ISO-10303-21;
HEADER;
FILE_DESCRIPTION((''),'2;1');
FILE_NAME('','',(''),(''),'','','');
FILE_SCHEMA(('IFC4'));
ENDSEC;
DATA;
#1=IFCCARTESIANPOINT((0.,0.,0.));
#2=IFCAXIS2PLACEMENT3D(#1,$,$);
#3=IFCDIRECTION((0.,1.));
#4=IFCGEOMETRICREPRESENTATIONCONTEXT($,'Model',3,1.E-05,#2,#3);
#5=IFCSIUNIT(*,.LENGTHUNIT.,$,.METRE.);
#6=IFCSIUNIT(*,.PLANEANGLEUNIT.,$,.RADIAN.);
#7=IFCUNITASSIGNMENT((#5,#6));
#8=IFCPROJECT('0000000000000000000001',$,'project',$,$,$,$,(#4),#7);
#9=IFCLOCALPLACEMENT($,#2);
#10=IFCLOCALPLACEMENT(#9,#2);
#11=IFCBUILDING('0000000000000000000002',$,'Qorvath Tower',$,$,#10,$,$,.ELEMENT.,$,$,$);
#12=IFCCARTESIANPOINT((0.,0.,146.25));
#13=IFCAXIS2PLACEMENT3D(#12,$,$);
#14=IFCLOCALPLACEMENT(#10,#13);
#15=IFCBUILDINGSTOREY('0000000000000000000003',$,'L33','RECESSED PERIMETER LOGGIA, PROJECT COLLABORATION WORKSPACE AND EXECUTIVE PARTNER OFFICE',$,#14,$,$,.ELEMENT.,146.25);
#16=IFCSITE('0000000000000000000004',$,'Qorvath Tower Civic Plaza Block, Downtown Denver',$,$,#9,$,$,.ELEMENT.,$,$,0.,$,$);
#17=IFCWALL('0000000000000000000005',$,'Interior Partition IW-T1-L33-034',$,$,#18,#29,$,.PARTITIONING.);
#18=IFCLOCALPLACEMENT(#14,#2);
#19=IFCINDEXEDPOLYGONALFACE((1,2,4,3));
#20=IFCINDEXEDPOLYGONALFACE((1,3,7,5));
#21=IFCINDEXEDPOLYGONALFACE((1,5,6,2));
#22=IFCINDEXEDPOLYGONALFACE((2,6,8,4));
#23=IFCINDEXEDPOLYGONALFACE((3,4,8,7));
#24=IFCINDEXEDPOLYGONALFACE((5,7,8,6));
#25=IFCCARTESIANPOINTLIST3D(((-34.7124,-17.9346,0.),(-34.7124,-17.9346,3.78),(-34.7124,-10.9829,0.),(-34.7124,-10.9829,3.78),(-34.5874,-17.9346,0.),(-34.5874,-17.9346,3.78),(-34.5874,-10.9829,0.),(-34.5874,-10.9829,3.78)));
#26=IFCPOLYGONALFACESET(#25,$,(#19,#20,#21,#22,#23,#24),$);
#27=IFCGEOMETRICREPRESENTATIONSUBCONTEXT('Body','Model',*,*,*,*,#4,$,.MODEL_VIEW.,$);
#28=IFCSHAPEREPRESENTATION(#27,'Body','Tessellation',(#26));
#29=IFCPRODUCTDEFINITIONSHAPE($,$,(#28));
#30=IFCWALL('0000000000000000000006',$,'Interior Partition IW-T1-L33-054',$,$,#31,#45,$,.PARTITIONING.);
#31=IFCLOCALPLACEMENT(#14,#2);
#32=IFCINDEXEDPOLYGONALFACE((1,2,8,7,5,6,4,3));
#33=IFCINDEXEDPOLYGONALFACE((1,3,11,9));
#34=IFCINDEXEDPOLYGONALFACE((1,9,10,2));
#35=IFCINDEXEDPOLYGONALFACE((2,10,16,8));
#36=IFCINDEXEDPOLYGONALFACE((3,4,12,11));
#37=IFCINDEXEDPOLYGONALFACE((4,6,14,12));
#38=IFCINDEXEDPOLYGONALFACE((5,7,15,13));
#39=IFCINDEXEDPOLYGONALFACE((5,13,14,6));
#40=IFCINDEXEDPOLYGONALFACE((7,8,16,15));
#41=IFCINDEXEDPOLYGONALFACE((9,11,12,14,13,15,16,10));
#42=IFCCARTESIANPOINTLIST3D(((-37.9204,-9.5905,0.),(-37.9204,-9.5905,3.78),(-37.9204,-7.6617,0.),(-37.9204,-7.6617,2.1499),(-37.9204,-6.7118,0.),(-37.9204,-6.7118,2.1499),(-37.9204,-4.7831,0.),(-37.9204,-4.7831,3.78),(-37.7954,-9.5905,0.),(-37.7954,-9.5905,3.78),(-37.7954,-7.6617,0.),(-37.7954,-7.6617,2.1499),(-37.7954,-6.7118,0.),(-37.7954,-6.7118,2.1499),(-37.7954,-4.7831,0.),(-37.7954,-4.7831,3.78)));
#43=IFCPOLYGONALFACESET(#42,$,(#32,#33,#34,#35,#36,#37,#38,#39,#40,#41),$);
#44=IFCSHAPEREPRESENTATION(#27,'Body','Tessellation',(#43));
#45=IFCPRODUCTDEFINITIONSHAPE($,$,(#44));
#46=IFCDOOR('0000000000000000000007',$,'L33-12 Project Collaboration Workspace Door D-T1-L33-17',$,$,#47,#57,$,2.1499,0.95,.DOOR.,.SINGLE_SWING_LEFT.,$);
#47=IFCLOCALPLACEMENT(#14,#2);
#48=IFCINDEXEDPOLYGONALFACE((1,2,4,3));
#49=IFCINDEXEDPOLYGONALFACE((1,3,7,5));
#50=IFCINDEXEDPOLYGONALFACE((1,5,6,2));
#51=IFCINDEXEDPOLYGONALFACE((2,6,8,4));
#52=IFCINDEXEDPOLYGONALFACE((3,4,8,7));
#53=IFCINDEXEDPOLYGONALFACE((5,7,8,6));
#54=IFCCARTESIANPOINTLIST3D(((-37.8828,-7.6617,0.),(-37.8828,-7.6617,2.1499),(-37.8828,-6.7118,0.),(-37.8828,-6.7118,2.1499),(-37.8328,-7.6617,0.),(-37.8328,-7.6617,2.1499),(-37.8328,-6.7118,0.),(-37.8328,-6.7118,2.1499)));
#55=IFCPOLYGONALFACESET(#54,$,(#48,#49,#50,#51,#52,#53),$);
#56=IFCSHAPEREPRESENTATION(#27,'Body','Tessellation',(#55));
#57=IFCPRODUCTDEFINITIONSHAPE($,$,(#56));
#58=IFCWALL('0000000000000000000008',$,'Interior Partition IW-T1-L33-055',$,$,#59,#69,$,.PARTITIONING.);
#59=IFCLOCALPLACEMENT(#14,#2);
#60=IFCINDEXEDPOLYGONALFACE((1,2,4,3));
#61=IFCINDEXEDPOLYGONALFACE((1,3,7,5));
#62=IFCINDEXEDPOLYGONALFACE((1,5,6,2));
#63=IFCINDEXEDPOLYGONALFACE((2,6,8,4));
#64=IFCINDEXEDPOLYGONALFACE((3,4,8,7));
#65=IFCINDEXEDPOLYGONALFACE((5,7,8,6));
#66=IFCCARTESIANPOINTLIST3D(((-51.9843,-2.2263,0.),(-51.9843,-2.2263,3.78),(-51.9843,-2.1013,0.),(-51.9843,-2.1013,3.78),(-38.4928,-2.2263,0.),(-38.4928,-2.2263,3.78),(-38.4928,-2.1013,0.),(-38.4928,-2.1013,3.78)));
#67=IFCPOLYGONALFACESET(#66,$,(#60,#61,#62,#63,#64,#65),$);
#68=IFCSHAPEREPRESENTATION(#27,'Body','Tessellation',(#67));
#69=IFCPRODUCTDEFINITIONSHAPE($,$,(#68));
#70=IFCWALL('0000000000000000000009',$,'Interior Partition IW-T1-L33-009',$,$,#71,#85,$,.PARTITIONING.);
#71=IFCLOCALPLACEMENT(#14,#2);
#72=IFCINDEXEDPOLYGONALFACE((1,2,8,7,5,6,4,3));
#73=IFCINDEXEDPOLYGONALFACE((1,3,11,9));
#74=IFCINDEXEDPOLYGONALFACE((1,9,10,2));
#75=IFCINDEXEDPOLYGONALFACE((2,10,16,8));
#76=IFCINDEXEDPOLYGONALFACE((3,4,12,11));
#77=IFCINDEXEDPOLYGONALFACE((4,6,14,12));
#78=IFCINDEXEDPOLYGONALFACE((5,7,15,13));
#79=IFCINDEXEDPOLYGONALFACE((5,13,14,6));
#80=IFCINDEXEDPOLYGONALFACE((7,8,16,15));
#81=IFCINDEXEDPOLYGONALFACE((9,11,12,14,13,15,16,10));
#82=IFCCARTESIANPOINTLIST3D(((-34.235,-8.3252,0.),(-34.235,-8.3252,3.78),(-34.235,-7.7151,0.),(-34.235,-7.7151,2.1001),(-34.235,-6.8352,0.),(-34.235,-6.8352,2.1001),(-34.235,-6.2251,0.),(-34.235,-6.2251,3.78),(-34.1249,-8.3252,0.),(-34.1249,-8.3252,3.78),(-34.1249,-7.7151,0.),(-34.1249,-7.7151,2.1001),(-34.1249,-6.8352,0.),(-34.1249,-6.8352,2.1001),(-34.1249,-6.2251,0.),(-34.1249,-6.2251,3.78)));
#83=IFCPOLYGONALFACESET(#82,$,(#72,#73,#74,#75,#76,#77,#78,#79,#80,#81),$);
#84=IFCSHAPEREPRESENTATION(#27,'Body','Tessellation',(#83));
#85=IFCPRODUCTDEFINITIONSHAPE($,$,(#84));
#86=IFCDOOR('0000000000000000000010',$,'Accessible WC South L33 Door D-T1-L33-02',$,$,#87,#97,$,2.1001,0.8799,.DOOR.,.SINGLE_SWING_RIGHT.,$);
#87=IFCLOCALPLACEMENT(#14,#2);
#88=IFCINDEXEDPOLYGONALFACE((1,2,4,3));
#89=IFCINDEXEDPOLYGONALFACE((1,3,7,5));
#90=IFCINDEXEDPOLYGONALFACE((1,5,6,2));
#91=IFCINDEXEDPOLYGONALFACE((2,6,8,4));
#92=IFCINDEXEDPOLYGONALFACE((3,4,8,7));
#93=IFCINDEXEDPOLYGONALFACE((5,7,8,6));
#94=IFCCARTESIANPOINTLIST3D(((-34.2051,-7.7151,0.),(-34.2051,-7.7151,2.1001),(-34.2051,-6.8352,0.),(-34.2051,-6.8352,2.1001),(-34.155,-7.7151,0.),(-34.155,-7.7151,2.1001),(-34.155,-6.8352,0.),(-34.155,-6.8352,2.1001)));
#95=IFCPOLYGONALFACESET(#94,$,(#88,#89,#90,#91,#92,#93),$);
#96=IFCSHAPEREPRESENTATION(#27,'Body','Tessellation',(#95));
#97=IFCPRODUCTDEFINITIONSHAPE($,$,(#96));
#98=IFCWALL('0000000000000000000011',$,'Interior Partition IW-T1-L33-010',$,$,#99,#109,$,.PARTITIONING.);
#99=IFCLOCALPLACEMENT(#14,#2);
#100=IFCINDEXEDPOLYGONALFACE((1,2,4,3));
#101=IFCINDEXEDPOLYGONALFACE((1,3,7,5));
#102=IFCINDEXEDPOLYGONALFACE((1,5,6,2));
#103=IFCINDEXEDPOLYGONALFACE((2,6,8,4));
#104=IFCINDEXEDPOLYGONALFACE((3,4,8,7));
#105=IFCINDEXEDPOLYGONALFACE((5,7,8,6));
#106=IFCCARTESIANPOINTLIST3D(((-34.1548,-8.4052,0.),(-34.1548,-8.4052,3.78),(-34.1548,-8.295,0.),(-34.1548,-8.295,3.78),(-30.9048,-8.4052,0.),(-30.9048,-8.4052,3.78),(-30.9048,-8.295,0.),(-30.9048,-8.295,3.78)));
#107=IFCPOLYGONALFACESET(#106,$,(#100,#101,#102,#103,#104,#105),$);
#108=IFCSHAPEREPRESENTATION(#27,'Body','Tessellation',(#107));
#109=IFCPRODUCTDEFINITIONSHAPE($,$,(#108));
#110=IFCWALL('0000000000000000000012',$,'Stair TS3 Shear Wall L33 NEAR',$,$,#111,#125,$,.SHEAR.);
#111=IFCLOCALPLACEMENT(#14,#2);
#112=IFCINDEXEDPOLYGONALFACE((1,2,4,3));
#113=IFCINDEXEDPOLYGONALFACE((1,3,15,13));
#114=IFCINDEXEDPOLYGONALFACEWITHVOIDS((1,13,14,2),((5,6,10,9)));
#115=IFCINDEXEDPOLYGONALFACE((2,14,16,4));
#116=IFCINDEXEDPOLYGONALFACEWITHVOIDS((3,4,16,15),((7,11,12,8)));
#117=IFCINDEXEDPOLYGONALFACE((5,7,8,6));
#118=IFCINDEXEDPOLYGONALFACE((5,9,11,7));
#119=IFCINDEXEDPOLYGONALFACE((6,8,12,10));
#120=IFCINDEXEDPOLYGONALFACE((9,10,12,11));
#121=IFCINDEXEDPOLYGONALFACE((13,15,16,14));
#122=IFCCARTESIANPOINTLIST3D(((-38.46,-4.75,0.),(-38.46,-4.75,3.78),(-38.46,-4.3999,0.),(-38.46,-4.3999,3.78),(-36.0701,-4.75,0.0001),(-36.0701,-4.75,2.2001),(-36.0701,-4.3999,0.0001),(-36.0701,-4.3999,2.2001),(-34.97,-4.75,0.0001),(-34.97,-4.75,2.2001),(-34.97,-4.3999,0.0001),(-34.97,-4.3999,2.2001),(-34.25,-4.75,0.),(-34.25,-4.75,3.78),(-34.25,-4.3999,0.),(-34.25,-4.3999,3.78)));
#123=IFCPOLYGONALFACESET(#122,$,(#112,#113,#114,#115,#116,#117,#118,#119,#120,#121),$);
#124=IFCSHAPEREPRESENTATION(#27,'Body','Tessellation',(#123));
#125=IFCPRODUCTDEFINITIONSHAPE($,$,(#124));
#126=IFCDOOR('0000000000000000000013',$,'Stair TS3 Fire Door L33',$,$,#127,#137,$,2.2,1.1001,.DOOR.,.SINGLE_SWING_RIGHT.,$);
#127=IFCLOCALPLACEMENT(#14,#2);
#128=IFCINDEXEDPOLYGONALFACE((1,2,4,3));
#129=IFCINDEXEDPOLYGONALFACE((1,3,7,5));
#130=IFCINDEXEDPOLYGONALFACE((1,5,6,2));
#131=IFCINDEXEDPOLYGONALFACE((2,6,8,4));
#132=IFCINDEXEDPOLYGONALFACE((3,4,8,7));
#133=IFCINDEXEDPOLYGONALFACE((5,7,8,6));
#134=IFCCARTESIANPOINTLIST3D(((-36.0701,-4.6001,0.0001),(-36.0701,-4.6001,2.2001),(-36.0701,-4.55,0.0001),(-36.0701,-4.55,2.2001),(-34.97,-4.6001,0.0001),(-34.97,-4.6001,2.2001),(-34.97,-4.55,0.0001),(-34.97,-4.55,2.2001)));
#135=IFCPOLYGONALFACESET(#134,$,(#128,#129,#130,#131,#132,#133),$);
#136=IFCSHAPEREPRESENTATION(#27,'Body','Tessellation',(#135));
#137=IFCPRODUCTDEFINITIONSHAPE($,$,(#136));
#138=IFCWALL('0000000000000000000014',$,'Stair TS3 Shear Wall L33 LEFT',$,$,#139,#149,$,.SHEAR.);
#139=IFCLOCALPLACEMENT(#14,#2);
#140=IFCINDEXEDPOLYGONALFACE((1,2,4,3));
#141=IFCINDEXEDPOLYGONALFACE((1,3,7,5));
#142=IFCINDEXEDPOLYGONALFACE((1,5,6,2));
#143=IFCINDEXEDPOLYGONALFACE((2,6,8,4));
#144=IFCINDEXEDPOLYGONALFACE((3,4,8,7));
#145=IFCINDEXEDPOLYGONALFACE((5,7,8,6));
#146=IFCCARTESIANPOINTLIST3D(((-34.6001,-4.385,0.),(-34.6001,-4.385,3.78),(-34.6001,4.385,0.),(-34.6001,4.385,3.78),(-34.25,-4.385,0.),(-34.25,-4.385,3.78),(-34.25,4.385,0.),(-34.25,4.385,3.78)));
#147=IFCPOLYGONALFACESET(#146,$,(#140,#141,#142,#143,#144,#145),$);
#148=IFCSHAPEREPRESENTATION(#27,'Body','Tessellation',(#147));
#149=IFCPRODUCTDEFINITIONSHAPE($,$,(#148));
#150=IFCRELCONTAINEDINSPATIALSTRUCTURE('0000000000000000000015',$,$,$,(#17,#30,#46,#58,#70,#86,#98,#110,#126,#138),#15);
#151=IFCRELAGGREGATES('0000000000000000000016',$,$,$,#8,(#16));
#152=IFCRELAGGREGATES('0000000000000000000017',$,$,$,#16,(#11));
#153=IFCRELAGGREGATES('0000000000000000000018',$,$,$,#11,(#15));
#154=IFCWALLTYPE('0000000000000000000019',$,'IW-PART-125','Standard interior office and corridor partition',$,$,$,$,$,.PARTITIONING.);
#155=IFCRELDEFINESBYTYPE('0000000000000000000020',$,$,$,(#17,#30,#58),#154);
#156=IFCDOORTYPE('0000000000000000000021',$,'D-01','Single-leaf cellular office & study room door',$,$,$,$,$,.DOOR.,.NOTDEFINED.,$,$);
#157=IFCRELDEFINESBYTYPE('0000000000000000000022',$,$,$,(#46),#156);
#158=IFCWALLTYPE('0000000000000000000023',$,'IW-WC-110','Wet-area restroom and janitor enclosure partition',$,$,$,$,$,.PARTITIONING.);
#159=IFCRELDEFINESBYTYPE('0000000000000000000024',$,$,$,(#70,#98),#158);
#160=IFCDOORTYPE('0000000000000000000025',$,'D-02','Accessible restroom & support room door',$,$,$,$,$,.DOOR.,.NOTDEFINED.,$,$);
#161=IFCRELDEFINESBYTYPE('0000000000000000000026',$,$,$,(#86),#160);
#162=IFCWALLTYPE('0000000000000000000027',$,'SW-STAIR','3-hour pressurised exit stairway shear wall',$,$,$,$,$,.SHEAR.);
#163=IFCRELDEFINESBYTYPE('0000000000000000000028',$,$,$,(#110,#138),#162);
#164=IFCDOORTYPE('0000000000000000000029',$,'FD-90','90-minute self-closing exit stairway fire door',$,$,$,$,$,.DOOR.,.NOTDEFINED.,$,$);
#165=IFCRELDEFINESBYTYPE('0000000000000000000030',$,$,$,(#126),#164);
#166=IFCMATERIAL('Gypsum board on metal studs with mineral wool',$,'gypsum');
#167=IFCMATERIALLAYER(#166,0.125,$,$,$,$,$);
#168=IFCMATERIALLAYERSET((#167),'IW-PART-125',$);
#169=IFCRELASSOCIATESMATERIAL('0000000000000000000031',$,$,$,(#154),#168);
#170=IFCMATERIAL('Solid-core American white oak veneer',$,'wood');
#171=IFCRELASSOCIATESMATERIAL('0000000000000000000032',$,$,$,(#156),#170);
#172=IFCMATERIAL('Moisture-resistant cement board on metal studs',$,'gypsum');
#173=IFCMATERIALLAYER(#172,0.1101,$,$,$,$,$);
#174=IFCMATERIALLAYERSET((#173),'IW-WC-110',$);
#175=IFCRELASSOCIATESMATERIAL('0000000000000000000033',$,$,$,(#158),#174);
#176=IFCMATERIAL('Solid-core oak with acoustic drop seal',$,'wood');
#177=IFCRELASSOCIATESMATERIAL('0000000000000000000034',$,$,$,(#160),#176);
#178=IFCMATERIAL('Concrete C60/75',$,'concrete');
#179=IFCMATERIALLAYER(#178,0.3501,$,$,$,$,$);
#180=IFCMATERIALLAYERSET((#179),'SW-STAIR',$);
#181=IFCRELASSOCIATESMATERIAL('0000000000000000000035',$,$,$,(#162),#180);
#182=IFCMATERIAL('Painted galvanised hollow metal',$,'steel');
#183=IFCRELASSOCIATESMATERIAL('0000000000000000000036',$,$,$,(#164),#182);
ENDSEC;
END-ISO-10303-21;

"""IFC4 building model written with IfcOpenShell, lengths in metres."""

from ifc_helpers import new_model, si_unit, direction, frame, frame_2d, origin, place, context, subcontext, project, spatial, rectangle, extrude, material, layer, layer_set, type_object, element, fill, save


model = new_model("IFC4")

# Units and contexts
model_context = context("Model", 3, precision=1e-05, world=origin(), true_north=direction((0.0, 1.0)))
body_context = subcontext(model_context, "Body", "Model", "MODEL_VIEW")
ifc_project = project(units=[si_unit("LENGTHUNIT", "METRE"), si_unit("PLANEANGLEUNIT", "RADIAN")], contexts=[model_context])

# Site, building, storey
site_placement = place(None, origin())
site = spatial("IfcSite", under=ifc_project, at=site_placement, Name="Qorvath Tower Civic Plaza Block, Downtown Denver", CompositionType="ELEMENT", RefElevation=0.0)
building_placement = place(site_placement, origin())
building = spatial("IfcBuilding", under=site, at=building_placement, Name="Qorvath Tower", CompositionType="ELEMENT")
storey_placement = place(building_placement, frame((0.0, 0.0, 146.25)))
storey = spatial("IfcBuildingStorey", under=building, at=storey_placement, Name="L33", Description="RECESSED PERIMETER LOGGIA, PROJECT COLLABORATION WORKSPACE AND EXECUTIVE PARTNER OFFICE", CompositionType="ELEMENT", Elevation=146.25)

# Wall
ifc_material_1 = material(Name="Gypsum board on metal studs with mineral wool", Category="gypsum")
ifc_layer_1 = layer(ifc_material_1, 0.125)
ifc_layer_set_1 = layer_set([ifc_layer_1], Name="IW-PART-125")
wall_type_1 = type_object("IfcWallType", Name="IW-PART-125", Description="Standard interior office and corridor partition", PredefinedType="PARTITIONING", material=ifc_layer_set_1)
wall_1_placement = place(storey_placement, frame((-34.6499, -10.9829, 0.0), z_axis=(0.0, 0.0, 1.0), x_axis=(0.0, -1.0, 0.0)))
element("IfcWall", 1, at=wall_1_placement, inside=storey, type_object=wall_type_1, Name="Interior Partition IW-T1-L33-034", PredefinedType="PARTITIONING", context=body_context, shape_type="SweptSolid", body=[
    extrude(rectangle(XDim=6.9517, YDim=0.125, at=frame_2d((3.4758, 0.0))), origin(), (0.0, 0.0, 1.0), 3.78),
])

# Wall, opening, door
wall_2_placement = place(storey_placement, frame((-37.8579, -9.5906, 0.0), z_axis=(0.0, 0.0, 1.0), x_axis=(0.0, 1.0, 0.0)))
wall_2 = element("IfcWall", 2, at=wall_2_placement, inside=storey, type_object=wall_type_1, Name="Interior Partition IW-T1-L33-054", PredefinedType="PARTITIONING", context=body_context, shape_type="SweptSolid", body=[
    extrude(rectangle(XDim=4.8074, YDim=0.125, at=frame_2d((2.4038, 0.0))), origin(), (0.0, 0.0, 1.0), 3.78),
])
opening_1_placement = place(wall_2_placement, frame((1.9287, 0.0, 0.0)))
opening_1 = element("IfcOpeningElement", 3, at=opening_1_placement, cuts=wall_2, PredefinedType="OPENING", context=body_context, shape_type="SweptSolid", body=[
    extrude(rectangle(XDim=0.95, YDim=2.1499, at=frame_2d((0.4751, 1.075))), frame((0.0, 0.0725, 0.0), z_axis=(0.0, -1.0, 0.0), x_axis=(1.0, 0.0, 0.0)), (0.0, 0.0, 1.0), 0.145),
])
ifc_material_2 = material(Name="Solid-core American white oak veneer", Category="wood")
door_type_1 = type_object("IfcDoorType", Name="D-01", Description="Single-leaf cellular office & study room door", OperationType="NOTDEFINED", PredefinedType="DOOR", material=ifc_material_2)
door_1_placement = place(opening_1_placement, origin())
door_1 = element("IfcDoor", 4, at=door_1_placement, inside=storey, type_object=door_type_1, Name="L33-12 Project Collaboration Workspace Door D-T1-L33-17", OperationType="SINGLE_SWING_LEFT", OverallHeight=2.1499, OverallWidth=0.95, PredefinedType="DOOR", context=body_context, shape_type="SweptSolid", body=[
    extrude(rectangle(XDim=0.95, YDim=2.1499, at=frame_2d((0.4751, 1.075))), frame((0.0, 0.0249, 0.0), z_axis=(0.0, -1.0, 0.0), x_axis=(1.0, 0.0, 0.0)), (0.0, 0.0, 1.0), 0.05),
])
fill(opening_1, door_1)

# Wall
wall_3_placement = place(storey_placement, frame((-38.4929, -2.1638, 0.0), z_axis=(0.0, 0.0, 1.0), x_axis=(-1.0, 0.0, 0.0)))
element("IfcWall", 5, at=wall_3_placement, inside=storey, type_object=wall_type_1, Name="Interior Partition IW-T1-L33-055", PredefinedType="PARTITIONING", context=body_context, shape_type="SweptSolid", body=[
    extrude(rectangle(XDim=13.4915, YDim=0.125, at=frame_2d((6.7456, 0.0))), origin(), (0.0, 0.0, 1.0), 3.78),
])

# Wall, opening, door
ifc_material_3 = material(Name="Moisture-resistant cement board on metal studs", Category="gypsum")
ifc_layer_2 = layer(ifc_material_3, 0.1101)
ifc_layer_set_2 = layer_set([ifc_layer_2], Name="IW-WC-110")
wall_type_2 = type_object("IfcWallType", Name="IW-WC-110", Description="Wet-area restroom and janitor enclosure partition", PredefinedType="PARTITIONING", material=ifc_layer_set_2)
wall_4_placement = place(storey_placement, frame((-34.1799, -6.2251, 0.0), z_axis=(0.0, 0.0, 1.0), x_axis=(0.0, -1.0, 0.0)))
wall_4 = element("IfcWall", 6, at=wall_4_placement, inside=storey, type_object=wall_type_2, Name="Interior Partition IW-T1-L33-009", PredefinedType="PARTITIONING", context=body_context, shape_type="SweptSolid", body=[
    extrude(rectangle(XDim=2.1001, YDim=0.1101, at=frame_2d((1.05, 0.0))), origin(), (0.0, 0.0, 1.0), 3.78),
])
opening_2_placement = place(wall_4_placement, frame((0.6101, 0.0, 0.0)))
opening_2 = element("IfcOpeningElement", 7, at=opening_2_placement, cuts=wall_4, PredefinedType="OPENING", context=body_context, shape_type="SweptSolid", body=[
    extrude(rectangle(XDim=0.8799, YDim=2.1001, at=frame_2d((0.4399, 1.05))), frame((0.0, 0.0649, 0.0), z_axis=(0.0, -1.0, 0.0), x_axis=(1.0, 0.0, 0.0)), (0.0, 0.0, 1.0), 0.1301),
])
ifc_material_4 = material(Name="Solid-core oak with acoustic drop seal", Category="wood")
door_type_2 = type_object("IfcDoorType", Name="D-02", Description="Accessible restroom & support room door", OperationType="NOTDEFINED", PredefinedType="DOOR", material=ifc_material_4)
door_2_placement = place(opening_2_placement, origin())
door_2 = element("IfcDoor", 8, at=door_2_placement, inside=storey, type_object=door_type_2, Name="Accessible WC South L33 Door D-T1-L33-02", OperationType="SINGLE_SWING_RIGHT", OverallHeight=2.1001, OverallWidth=0.8799, PredefinedType="DOOR", context=body_context, shape_type="SweptSolid", body=[
    extrude(rectangle(XDim=0.8799, YDim=2.1001, at=frame_2d((0.4399, 1.05))), frame((0.0, 0.0249, 0.0), z_axis=(0.0, -1.0, 0.0), x_axis=(1.0, 0.0, 0.0)), (0.0, 0.0, 1.0), 0.05),
])
fill(opening_2, door_2)

# Wall
wall_5_placement = place(storey_placement, frame((-34.1548, -8.3501, 0.0), z_axis=(0.0, 0.0, 1.0), x_axis=(1.0, 0.0, 0.0)))
element("IfcWall", 9, at=wall_5_placement, inside=storey, type_object=wall_type_2, Name="Interior Partition IW-T1-L33-010", PredefinedType="PARTITIONING", context=body_context, shape_type="SweptSolid", body=[
    extrude(rectangle(XDim=3.25, YDim=0.1101, at=frame_2d((1.625, 0.0))), origin(), (0.0, 0.0, 1.0), 3.78),
])

# Wall, opening, door
ifc_material_5 = material(Name="Concrete C60/75", Category="concrete")
ifc_layer_3 = layer(ifc_material_5, 0.3501)
ifc_layer_set_3 = layer_set([ifc_layer_3], Name="SW-STAIR")
wall_type_3 = type_object("IfcWallType", Name="SW-STAIR", Description="3-hour pressurised exit stairway shear wall", PredefinedType="SHEAR", material=ifc_layer_set_3)
wall_6_placement = place(storey_placement, frame((-38.46, -4.575, 0.0), z_axis=(0.0, 0.0, 1.0), x_axis=(1.0, 0.0, 0.0)))
wall_6 = element("IfcWall", 10, at=wall_6_placement, inside=storey, type_object=wall_type_3, Name="Stair TS3 Shear Wall L33 NEAR", PredefinedType="SHEAR", context=body_context, shape_type="SweptSolid", body=[
    extrude(rectangle(XDim=4.21, YDim=0.3501, at=frame_2d((2.105, 0.0))), origin(), (0.0, 0.0, 1.0), 3.78),
])
opening_3_placement = place(wall_6_placement, frame((2.3899, 0.0, 0.0)))
opening_3 = element("IfcOpeningElement", 11, at=opening_3_placement, cuts=wall_6, PredefinedType="OPENING", context=body_context, shape_type="SweptSolid", body=[
    extrude(rectangle(XDim=1.1001, YDim=2.2, at=frame_2d((0.55, 1.1001))), frame((0.0, 0.1851, 0.0), z_axis=(0.0, -1.0, 0.0), x_axis=(1.0, 0.0, 0.0)), (0.0, 0.0, 1.0), 0.3701),
])
ifc_material_6 = material(Name="Painted galvanised hollow metal", Category="steel")
door_type_3 = type_object("IfcDoorType", Name="FD-90", Description="90-minute self-closing exit stairway fire door", OperationType="NOTDEFINED", PredefinedType="DOOR", material=ifc_material_6)
door_3_placement = place(opening_3_placement, origin())
door_3 = element("IfcDoor", 12, at=door_3_placement, inside=storey, type_object=door_type_3, Name="Stair TS3 Fire Door L33", OperationType="SINGLE_SWING_RIGHT", OverallHeight=2.2, OverallWidth=1.1001, PredefinedType="DOOR", context=body_context, shape_type="SweptSolid", body=[
    extrude(rectangle(XDim=1.1001, YDim=2.2, at=frame_2d((0.55, 1.1001))), frame((0.0, 0.0249, 0.0), z_axis=(0.0, -1.0, 0.0), x_axis=(1.0, 0.0, 0.0)), (0.0, 0.0, 1.0), 0.05),
])
fill(opening_3, door_3)

# Wall
wall_7_placement = place(storey_placement, frame((-34.425, -4.385, 0.0), z_axis=(0.0, 0.0, 1.0), x_axis=(0.0, 1.0, 0.0)))
element("IfcWall", 13, at=wall_7_placement, inside=storey, type_object=wall_type_3, Name="Stair TS3 Shear Wall L33 LEFT", PredefinedType="SHEAR", context=body_context, shape_type="SweptSolid", body=[
    extrude(rectangle(XDim=8.77, YDim=0.3501, at=frame_2d((4.385, 0.0))), origin(), (0.0, 0.0, 1.0), 3.78),
])

save(model, "model.ifc")
